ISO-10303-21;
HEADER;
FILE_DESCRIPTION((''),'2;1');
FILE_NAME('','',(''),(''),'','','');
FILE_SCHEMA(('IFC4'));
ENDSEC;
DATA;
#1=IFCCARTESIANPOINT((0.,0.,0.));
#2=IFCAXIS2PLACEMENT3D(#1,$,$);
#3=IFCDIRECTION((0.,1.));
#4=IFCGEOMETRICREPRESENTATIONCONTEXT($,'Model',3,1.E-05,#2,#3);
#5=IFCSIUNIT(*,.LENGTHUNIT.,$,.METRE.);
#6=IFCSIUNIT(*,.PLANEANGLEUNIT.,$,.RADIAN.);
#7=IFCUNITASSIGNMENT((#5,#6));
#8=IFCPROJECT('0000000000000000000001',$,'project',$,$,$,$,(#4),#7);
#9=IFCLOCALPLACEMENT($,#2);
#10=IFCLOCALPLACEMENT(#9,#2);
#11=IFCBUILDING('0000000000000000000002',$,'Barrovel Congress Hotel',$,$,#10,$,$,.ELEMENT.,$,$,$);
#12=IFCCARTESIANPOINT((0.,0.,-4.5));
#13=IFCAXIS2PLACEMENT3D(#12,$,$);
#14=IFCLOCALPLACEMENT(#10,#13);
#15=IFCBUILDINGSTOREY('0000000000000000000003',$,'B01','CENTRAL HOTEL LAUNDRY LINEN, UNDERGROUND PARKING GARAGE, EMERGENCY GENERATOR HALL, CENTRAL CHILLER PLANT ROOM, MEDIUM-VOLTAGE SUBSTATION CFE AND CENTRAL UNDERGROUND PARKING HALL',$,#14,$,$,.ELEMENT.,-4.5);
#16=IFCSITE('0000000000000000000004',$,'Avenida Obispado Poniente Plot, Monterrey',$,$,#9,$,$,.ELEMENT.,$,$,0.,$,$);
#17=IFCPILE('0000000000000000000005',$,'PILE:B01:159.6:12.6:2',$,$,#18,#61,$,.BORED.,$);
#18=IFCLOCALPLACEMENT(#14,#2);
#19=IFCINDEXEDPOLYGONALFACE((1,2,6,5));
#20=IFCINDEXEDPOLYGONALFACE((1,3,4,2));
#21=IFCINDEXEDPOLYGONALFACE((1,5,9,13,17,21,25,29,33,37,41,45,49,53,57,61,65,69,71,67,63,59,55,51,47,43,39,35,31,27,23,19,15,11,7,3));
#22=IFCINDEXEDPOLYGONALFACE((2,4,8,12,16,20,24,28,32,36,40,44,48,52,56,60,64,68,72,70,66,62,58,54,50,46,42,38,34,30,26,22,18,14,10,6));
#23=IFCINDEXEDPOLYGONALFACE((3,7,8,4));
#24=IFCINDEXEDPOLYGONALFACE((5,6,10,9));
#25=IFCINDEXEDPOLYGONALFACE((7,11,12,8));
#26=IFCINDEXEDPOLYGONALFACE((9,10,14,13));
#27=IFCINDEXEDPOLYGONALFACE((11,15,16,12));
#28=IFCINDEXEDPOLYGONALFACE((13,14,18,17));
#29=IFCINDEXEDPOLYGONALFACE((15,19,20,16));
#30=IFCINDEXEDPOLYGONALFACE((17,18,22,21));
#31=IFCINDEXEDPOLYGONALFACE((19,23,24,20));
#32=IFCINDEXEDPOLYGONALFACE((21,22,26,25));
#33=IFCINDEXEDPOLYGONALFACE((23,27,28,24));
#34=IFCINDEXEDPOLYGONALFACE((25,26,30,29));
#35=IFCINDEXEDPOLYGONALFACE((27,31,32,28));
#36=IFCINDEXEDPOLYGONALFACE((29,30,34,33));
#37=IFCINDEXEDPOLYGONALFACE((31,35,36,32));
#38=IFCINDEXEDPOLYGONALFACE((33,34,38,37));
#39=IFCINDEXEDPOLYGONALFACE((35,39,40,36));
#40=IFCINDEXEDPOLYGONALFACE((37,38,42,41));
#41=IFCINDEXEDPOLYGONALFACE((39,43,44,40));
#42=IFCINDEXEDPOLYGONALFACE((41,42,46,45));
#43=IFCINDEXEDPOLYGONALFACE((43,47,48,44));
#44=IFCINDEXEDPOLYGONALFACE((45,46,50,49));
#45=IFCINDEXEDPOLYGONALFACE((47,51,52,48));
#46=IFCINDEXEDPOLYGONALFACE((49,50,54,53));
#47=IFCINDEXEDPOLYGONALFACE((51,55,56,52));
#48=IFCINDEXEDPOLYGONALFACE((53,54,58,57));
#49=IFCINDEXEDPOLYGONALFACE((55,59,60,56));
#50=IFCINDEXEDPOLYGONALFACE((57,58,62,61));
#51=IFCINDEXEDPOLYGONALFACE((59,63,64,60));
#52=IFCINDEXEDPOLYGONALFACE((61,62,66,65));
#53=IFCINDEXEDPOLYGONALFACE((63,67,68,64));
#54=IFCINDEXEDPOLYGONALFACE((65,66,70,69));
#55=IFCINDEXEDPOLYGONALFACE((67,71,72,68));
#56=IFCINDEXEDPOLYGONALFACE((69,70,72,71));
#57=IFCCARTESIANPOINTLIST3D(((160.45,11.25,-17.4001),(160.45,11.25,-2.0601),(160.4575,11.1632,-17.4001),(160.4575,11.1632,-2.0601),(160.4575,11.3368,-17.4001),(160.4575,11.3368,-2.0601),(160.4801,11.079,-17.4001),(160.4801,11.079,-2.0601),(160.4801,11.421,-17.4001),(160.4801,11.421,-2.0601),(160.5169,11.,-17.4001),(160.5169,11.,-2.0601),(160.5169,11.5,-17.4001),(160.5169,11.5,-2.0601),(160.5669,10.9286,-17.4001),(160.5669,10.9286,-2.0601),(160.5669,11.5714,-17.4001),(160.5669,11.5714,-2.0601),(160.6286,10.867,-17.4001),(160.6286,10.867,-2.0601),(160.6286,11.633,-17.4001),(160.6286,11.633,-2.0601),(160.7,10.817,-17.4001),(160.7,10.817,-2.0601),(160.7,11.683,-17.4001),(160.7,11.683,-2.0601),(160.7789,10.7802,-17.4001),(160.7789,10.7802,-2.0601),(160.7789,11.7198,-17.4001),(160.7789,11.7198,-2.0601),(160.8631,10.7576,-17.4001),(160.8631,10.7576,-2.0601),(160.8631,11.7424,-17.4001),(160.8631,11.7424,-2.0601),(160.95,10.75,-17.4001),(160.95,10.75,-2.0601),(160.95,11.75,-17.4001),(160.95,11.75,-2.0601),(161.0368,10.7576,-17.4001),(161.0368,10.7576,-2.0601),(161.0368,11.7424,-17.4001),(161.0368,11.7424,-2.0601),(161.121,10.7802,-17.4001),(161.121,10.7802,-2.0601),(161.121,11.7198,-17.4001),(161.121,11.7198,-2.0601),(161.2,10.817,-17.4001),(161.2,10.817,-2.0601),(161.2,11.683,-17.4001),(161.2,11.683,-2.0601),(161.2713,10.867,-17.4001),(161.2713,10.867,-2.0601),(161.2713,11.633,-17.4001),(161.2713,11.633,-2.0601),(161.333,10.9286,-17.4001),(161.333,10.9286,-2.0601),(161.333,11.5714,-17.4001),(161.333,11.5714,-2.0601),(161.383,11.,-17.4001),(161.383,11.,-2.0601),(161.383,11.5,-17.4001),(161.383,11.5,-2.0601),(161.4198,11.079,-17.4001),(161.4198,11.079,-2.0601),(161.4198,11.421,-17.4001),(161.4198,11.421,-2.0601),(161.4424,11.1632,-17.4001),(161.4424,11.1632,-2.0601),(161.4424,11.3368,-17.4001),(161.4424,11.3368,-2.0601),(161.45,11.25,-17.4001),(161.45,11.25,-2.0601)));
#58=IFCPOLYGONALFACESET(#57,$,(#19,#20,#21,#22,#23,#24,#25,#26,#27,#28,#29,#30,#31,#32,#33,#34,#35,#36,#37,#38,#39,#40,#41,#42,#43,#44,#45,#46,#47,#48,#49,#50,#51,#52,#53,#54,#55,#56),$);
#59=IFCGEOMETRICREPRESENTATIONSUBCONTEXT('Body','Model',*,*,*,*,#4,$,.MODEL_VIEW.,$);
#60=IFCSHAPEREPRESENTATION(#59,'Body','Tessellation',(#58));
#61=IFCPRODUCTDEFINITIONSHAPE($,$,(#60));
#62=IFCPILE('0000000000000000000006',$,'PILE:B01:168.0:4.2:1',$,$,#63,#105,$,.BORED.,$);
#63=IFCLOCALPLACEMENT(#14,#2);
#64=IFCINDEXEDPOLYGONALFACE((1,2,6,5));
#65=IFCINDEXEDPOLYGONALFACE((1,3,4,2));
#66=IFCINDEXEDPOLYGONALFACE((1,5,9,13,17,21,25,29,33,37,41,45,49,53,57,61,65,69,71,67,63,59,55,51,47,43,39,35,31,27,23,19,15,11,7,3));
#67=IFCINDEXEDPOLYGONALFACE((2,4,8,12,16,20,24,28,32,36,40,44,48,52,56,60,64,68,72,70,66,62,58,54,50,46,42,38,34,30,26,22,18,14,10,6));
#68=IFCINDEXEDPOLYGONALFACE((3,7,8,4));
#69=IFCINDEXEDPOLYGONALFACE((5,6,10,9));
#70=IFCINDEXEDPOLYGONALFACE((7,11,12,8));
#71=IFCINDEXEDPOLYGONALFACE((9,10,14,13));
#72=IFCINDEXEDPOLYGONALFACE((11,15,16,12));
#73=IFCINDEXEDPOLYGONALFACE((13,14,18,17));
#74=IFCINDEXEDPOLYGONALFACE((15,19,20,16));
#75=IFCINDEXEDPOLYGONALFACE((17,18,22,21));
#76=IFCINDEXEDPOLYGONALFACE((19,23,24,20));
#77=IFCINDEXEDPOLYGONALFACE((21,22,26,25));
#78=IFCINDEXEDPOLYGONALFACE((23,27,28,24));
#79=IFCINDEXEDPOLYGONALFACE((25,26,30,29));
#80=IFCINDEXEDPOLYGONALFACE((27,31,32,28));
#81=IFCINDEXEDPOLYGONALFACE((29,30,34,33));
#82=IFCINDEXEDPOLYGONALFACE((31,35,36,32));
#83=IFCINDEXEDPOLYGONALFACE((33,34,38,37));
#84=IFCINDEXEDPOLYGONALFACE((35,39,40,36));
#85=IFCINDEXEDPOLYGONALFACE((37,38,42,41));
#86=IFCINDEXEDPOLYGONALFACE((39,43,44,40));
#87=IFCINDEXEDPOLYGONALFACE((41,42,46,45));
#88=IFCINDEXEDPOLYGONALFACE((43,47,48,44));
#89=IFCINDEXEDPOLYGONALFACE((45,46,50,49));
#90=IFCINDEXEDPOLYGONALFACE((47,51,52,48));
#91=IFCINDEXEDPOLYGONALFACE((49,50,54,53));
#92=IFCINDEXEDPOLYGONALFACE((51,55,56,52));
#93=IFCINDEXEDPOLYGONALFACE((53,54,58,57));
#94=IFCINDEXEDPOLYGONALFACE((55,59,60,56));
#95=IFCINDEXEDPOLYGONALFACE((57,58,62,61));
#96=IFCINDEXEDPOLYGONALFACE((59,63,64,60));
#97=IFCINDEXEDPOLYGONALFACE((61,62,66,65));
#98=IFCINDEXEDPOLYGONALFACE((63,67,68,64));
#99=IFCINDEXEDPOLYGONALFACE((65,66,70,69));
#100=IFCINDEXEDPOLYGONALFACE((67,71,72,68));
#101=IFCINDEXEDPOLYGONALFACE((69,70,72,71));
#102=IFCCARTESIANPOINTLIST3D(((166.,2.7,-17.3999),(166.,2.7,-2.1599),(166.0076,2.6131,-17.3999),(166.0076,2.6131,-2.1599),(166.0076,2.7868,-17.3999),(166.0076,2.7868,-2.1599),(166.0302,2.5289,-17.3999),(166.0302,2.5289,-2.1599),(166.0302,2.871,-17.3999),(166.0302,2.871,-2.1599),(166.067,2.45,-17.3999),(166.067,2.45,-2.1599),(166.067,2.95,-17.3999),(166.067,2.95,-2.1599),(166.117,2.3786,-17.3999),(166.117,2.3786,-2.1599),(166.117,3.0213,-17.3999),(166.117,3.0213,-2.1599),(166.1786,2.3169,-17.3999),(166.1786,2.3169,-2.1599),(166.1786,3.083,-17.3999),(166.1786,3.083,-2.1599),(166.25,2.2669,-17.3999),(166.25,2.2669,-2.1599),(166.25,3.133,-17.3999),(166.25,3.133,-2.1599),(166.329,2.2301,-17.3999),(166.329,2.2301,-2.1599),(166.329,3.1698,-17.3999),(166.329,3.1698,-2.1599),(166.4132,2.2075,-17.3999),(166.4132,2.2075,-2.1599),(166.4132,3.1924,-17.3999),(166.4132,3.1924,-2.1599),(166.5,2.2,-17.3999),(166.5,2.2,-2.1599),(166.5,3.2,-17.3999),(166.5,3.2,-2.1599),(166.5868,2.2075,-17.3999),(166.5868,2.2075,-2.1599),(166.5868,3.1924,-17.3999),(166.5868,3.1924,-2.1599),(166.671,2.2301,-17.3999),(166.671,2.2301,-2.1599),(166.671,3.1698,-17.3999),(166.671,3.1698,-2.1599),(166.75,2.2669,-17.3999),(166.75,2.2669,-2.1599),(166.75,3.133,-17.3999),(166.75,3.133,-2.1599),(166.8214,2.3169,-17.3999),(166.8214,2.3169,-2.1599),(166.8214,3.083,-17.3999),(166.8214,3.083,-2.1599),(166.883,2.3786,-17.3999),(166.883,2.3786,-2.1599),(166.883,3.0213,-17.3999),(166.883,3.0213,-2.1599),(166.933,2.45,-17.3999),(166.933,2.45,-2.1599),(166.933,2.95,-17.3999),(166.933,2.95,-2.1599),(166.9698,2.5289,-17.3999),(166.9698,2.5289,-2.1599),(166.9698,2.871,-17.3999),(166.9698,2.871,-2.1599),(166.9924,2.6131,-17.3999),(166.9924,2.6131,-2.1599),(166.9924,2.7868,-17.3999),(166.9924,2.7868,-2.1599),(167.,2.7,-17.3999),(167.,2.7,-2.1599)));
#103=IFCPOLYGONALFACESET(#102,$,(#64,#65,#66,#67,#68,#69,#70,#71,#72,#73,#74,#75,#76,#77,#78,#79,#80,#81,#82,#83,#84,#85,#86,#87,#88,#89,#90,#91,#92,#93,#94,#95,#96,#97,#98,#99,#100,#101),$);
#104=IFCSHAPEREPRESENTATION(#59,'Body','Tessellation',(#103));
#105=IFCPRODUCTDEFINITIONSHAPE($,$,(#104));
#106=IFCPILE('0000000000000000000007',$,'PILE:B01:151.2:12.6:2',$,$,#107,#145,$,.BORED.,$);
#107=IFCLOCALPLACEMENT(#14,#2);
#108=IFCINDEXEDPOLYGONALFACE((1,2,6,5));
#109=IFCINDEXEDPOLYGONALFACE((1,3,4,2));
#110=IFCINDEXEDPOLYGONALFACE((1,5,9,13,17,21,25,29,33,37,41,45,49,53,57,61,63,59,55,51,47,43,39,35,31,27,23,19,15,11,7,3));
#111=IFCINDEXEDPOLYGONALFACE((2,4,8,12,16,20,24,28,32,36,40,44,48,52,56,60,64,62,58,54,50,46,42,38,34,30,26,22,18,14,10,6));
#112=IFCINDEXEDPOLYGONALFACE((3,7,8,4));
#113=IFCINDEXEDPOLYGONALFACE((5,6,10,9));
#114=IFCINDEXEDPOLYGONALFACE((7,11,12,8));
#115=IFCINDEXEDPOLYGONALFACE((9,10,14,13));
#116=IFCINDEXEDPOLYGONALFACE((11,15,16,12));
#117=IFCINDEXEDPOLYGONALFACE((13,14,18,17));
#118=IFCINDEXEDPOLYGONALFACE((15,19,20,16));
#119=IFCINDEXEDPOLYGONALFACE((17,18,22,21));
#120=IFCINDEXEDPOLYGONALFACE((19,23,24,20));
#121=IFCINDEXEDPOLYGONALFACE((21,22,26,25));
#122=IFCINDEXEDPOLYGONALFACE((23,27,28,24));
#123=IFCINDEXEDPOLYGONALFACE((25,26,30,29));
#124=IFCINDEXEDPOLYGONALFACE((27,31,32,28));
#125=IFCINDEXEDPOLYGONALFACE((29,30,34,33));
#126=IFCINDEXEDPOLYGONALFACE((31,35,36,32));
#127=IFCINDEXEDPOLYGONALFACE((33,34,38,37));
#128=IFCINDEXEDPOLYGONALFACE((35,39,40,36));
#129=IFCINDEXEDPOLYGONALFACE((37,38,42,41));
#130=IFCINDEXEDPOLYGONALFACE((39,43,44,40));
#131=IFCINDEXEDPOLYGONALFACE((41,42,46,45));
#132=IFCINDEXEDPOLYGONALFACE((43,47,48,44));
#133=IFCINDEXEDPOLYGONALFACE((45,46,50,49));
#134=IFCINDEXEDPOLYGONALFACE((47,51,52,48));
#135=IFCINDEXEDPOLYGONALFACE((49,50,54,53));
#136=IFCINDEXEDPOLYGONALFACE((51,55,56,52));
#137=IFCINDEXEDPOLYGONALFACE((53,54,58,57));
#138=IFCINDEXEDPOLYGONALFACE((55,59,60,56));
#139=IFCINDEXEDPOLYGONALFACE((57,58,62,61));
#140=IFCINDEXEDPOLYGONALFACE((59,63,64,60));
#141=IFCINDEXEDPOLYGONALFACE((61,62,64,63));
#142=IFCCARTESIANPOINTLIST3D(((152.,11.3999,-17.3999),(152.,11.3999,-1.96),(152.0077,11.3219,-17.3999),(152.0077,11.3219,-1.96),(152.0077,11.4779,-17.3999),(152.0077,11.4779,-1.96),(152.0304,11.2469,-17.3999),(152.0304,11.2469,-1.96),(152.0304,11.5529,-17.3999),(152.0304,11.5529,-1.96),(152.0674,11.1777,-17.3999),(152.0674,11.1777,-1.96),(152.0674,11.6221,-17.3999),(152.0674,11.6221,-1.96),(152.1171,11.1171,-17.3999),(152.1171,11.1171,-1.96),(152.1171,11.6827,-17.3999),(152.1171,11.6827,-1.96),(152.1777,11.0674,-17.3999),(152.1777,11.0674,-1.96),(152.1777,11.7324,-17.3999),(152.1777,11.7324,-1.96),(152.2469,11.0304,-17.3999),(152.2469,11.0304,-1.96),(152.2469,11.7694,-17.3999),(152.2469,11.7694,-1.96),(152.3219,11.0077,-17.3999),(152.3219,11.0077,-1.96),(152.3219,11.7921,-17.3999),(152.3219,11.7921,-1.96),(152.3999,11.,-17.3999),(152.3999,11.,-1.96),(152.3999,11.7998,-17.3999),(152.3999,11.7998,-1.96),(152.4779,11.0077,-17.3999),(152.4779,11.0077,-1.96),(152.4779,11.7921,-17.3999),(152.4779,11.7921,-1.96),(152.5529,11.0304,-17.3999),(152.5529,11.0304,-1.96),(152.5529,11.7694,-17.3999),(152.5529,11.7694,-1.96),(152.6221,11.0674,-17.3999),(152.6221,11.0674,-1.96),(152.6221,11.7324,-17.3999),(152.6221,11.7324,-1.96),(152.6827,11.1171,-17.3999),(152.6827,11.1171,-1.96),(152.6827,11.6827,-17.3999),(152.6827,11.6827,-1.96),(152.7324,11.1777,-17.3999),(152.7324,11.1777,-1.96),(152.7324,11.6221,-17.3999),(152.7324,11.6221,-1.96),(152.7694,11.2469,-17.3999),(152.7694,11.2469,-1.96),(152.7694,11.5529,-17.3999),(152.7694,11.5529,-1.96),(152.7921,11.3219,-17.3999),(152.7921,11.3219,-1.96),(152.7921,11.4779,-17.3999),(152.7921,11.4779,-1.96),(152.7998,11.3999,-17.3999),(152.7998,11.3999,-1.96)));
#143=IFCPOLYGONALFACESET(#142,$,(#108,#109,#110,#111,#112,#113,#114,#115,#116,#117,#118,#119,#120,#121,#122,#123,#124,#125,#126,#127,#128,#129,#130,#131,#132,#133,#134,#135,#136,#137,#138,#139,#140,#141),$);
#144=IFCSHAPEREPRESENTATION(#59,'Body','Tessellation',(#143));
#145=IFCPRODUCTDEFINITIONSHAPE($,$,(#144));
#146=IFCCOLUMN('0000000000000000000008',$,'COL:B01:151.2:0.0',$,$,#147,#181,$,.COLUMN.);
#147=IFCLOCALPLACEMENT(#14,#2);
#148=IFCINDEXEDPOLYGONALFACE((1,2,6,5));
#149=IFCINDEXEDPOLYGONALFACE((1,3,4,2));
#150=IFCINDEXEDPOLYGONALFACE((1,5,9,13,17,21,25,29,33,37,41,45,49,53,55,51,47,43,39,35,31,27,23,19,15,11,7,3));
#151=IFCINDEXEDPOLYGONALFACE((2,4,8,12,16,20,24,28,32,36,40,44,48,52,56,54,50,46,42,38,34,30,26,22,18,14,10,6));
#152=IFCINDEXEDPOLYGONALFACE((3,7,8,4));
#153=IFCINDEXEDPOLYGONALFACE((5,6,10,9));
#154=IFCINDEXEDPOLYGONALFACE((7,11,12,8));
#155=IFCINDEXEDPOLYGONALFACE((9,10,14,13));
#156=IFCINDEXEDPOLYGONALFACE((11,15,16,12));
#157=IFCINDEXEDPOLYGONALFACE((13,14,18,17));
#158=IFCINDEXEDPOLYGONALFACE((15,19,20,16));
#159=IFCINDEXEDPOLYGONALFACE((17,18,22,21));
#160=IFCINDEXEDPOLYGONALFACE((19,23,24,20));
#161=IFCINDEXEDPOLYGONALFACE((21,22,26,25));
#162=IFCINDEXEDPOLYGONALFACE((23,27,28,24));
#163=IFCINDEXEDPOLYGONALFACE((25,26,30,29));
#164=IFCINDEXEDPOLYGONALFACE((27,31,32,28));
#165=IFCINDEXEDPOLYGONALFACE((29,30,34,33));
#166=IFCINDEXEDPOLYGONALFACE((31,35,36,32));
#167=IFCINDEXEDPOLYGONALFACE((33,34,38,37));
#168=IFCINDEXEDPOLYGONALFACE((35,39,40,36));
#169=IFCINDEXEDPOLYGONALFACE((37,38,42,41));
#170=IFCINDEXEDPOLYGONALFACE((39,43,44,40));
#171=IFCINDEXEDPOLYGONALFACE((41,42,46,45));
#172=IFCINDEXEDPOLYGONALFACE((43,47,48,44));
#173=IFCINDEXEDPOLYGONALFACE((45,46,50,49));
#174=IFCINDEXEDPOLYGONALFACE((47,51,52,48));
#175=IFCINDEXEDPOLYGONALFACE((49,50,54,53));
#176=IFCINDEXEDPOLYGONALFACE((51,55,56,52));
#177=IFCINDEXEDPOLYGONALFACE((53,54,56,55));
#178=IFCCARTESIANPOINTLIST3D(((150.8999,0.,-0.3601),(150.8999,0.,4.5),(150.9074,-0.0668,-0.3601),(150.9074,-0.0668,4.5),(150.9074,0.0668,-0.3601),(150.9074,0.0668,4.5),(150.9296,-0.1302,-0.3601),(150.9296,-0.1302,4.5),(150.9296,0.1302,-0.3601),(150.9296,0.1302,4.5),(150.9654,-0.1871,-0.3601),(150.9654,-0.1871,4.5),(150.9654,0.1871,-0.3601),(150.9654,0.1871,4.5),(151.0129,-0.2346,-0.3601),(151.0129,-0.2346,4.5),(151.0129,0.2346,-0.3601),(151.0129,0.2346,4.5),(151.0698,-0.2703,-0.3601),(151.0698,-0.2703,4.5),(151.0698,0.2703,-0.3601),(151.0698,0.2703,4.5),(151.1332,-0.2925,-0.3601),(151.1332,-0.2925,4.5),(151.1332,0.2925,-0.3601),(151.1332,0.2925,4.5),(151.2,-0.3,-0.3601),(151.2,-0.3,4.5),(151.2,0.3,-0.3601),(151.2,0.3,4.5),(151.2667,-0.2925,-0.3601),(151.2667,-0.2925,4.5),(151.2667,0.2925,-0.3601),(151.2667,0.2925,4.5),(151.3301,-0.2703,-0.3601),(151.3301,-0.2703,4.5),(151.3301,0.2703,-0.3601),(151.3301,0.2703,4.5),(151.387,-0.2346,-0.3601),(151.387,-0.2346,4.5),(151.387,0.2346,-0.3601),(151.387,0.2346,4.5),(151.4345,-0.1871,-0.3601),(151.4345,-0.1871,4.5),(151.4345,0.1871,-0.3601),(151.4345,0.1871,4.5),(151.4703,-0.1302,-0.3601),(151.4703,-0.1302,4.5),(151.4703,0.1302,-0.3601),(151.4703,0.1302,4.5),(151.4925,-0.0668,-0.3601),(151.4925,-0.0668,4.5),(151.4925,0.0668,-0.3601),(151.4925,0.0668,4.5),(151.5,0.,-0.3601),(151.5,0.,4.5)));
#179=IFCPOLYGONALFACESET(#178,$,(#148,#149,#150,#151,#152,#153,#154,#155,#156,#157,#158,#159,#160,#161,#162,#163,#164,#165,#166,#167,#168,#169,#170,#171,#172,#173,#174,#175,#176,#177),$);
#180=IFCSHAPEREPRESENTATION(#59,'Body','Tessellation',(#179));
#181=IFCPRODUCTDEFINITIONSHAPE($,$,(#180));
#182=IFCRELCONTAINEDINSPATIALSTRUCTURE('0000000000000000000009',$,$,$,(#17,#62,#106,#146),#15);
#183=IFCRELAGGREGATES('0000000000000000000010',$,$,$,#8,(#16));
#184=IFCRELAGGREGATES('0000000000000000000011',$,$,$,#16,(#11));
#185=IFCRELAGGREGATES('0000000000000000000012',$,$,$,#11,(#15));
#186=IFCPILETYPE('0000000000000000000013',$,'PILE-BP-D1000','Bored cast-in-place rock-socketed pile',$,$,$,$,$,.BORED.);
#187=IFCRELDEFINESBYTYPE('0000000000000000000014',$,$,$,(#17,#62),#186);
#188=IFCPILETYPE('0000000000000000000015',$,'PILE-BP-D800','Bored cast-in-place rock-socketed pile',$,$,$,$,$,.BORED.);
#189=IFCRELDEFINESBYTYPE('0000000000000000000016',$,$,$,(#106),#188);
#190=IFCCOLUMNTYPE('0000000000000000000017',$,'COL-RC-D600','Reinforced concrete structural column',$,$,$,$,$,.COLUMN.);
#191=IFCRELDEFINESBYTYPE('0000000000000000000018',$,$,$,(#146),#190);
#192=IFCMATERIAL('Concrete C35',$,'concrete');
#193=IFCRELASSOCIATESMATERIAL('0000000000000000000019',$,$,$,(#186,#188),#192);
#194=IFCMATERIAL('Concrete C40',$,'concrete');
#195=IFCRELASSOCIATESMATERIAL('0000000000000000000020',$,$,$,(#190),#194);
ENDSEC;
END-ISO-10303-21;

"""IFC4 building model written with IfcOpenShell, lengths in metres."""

from ifc_helpers import new_model, si_unit, direction, frame, origin, origin_2d, place, context, subcontext, project, spatial, circle, extrude, material, material_profile, profile_set, type_object, element, save


model = new_model("IFC4")

# Units and contexts
model_context = context("Model", 3, precision=1e-05, world=origin(), true_north=direction((0.0, 1.0)))
body_context = subcontext(model_context, "Body", "Model", "MODEL_VIEW")
ifc_project = project(units=[si_unit("LENGTHUNIT", "METRE"), si_unit("PLANEANGLEUNIT", "RADIAN")], contexts=[model_context])

# Site, building, storey
site_placement = place(None, origin())
site = spatial("IfcSite", under=ifc_project, at=site_placement, Name="Avenida Obispado Poniente Plot, Monterrey", CompositionType="ELEMENT", RefElevation=0.0)
building_placement = place(site_placement, origin())
building = spatial("IfcBuilding", under=site, at=building_placement, Name="Barrovel Congress Hotel", CompositionType="ELEMENT")
storey_placement = place(building_placement, frame((0.0, 0.0, -4.5)))
storey = spatial("IfcBuildingStorey", under=building, at=storey_placement, Name="B01", Description="CENTRAL HOTEL LAUNDRY LINEN, UNDERGROUND PARKING GARAGE, EMERGENCY GENERATOR HALL, CENTRAL CHILLER PLANT ROOM, MEDIUM-VOLTAGE SUBSTATION CFE AND CENTRAL UNDERGROUND PARKING HALL", CompositionType="ELEMENT", Elevation=-4.5)

# Shared definitions
ifc_material_1 = material(Name="Concrete C40", Category="concrete")

# Piles
ifc_material_2 = material(Name="Concrete C35", Category="concrete")
ifc_material_profile_1 = material_profile(ifc_material_2, circle(Radius=0.5, at=origin_2d()), Name="BP-D1000")
ifc_profile_set_1 = profile_set([ifc_material_profile_1], Name="Concrete C35")
pile_type_1 = type_object("IfcPileType", Name="PILE-BP-D1000", Description="Bored cast-in-place rock-socketed pile", PredefinedType="BORED", material=ifc_profile_set_1)
for number, where, z_axis, x_axis, name in (
    (1, (160.95, 11.25, -2.0601), (0.0, 0.0, -1.0), (1.0, 0.0, 0.0), "PILE:B01:159.6:12.6:2"),
):
    element("IfcPile", number, at=place(storey_placement, frame(where, z_axis=z_axis, x_axis=x_axis)), inside=storey, type_object=pile_type_1, Name=name, PredefinedType="BORED", context=body_context, shape_type="SweptSolid", body=[
        extrude(circle(Radius=0.5, at=origin_2d()), origin(), (0.0, 0.0, 1.0), 15.3401),
    ])
pile_1_placement = place(storey_placement, frame((166.5, 2.7, -2.1599), z_axis=(0.0, 0.0, -1.0), x_axis=(1.0, 0.0, 0.0)))
element("IfcPile", 2, at=pile_1_placement, inside=storey, type_object=pile_type_1, Name="PILE:B01:168.0:4.2:1", PredefinedType="BORED", context=body_context, shape_type="SweptSolid", body=[
    extrude(circle(Radius=0.5, at=origin_2d()), origin(), (0.0, 0.0, 1.0), 15.24),
])
ifc_material_profile_2 = material_profile(ifc_material_2, circle(Radius=0.3999, at=origin_2d()), Name="BP-D800")
ifc_profile_set_2 = profile_set([ifc_material_profile_2], Name="Concrete C35")
pile_type_2 = type_object("IfcPileType", Name="PILE-BP-D800", Description="Bored cast-in-place rock-socketed pile", PredefinedType="BORED", material=ifc_profile_set_2)
pile_2_placement = place(storey_placement, frame((152.3999, 11.3999, -1.96), z_axis=(0.0, 0.0, -1.0), x_axis=(1.0, 0.0, 0.0)))
element("IfcPile", 3, at=pile_2_placement, inside=storey, type_object=pile_type_2, Name="PILE:B01:151.2:12.6:2", PredefinedType="BORED", context=body_context, shape_type="SweptSolid", body=[
    extrude(circle(Radius=0.3999, at=origin_2d()), origin(), (0.0, 0.0, 1.0), 15.4399),
])

# Column
ifc_material_profile_3 = material_profile(ifc_material_1, circle(Radius=0.3, at=origin_2d()), Name="RC-D600")
ifc_profile_set_3 = profile_set([ifc_material_profile_3], Name="Concrete C40")
column_type_1 = type_object("IfcColumnType", Name="COL-RC-D600", Description="Reinforced concrete structural column", PredefinedType="COLUMN", material=ifc_profile_set_3)
for number, where, z_axis, x_axis, name in (
    (4, (151.2, 0.0, -0.3601), (0.0, 0.0, 1.0), (1.0, 0.0, 0.0), "COL:B01:151.2:0.0"),
):
    element("IfcColumn", number, at=place(storey_placement, frame(where, z_axis=z_axis, x_axis=x_axis)), inside=storey, type_object=column_type_1, Name=name, PredefinedType="COLUMN", context=body_context, shape_type="SweptSolid", body=[
        extrude(circle(Radius=0.3, at=origin_2d()), origin(), (0.0, 0.0, 1.0), 4.8601),
    ])

save(model, "model.ifc")
